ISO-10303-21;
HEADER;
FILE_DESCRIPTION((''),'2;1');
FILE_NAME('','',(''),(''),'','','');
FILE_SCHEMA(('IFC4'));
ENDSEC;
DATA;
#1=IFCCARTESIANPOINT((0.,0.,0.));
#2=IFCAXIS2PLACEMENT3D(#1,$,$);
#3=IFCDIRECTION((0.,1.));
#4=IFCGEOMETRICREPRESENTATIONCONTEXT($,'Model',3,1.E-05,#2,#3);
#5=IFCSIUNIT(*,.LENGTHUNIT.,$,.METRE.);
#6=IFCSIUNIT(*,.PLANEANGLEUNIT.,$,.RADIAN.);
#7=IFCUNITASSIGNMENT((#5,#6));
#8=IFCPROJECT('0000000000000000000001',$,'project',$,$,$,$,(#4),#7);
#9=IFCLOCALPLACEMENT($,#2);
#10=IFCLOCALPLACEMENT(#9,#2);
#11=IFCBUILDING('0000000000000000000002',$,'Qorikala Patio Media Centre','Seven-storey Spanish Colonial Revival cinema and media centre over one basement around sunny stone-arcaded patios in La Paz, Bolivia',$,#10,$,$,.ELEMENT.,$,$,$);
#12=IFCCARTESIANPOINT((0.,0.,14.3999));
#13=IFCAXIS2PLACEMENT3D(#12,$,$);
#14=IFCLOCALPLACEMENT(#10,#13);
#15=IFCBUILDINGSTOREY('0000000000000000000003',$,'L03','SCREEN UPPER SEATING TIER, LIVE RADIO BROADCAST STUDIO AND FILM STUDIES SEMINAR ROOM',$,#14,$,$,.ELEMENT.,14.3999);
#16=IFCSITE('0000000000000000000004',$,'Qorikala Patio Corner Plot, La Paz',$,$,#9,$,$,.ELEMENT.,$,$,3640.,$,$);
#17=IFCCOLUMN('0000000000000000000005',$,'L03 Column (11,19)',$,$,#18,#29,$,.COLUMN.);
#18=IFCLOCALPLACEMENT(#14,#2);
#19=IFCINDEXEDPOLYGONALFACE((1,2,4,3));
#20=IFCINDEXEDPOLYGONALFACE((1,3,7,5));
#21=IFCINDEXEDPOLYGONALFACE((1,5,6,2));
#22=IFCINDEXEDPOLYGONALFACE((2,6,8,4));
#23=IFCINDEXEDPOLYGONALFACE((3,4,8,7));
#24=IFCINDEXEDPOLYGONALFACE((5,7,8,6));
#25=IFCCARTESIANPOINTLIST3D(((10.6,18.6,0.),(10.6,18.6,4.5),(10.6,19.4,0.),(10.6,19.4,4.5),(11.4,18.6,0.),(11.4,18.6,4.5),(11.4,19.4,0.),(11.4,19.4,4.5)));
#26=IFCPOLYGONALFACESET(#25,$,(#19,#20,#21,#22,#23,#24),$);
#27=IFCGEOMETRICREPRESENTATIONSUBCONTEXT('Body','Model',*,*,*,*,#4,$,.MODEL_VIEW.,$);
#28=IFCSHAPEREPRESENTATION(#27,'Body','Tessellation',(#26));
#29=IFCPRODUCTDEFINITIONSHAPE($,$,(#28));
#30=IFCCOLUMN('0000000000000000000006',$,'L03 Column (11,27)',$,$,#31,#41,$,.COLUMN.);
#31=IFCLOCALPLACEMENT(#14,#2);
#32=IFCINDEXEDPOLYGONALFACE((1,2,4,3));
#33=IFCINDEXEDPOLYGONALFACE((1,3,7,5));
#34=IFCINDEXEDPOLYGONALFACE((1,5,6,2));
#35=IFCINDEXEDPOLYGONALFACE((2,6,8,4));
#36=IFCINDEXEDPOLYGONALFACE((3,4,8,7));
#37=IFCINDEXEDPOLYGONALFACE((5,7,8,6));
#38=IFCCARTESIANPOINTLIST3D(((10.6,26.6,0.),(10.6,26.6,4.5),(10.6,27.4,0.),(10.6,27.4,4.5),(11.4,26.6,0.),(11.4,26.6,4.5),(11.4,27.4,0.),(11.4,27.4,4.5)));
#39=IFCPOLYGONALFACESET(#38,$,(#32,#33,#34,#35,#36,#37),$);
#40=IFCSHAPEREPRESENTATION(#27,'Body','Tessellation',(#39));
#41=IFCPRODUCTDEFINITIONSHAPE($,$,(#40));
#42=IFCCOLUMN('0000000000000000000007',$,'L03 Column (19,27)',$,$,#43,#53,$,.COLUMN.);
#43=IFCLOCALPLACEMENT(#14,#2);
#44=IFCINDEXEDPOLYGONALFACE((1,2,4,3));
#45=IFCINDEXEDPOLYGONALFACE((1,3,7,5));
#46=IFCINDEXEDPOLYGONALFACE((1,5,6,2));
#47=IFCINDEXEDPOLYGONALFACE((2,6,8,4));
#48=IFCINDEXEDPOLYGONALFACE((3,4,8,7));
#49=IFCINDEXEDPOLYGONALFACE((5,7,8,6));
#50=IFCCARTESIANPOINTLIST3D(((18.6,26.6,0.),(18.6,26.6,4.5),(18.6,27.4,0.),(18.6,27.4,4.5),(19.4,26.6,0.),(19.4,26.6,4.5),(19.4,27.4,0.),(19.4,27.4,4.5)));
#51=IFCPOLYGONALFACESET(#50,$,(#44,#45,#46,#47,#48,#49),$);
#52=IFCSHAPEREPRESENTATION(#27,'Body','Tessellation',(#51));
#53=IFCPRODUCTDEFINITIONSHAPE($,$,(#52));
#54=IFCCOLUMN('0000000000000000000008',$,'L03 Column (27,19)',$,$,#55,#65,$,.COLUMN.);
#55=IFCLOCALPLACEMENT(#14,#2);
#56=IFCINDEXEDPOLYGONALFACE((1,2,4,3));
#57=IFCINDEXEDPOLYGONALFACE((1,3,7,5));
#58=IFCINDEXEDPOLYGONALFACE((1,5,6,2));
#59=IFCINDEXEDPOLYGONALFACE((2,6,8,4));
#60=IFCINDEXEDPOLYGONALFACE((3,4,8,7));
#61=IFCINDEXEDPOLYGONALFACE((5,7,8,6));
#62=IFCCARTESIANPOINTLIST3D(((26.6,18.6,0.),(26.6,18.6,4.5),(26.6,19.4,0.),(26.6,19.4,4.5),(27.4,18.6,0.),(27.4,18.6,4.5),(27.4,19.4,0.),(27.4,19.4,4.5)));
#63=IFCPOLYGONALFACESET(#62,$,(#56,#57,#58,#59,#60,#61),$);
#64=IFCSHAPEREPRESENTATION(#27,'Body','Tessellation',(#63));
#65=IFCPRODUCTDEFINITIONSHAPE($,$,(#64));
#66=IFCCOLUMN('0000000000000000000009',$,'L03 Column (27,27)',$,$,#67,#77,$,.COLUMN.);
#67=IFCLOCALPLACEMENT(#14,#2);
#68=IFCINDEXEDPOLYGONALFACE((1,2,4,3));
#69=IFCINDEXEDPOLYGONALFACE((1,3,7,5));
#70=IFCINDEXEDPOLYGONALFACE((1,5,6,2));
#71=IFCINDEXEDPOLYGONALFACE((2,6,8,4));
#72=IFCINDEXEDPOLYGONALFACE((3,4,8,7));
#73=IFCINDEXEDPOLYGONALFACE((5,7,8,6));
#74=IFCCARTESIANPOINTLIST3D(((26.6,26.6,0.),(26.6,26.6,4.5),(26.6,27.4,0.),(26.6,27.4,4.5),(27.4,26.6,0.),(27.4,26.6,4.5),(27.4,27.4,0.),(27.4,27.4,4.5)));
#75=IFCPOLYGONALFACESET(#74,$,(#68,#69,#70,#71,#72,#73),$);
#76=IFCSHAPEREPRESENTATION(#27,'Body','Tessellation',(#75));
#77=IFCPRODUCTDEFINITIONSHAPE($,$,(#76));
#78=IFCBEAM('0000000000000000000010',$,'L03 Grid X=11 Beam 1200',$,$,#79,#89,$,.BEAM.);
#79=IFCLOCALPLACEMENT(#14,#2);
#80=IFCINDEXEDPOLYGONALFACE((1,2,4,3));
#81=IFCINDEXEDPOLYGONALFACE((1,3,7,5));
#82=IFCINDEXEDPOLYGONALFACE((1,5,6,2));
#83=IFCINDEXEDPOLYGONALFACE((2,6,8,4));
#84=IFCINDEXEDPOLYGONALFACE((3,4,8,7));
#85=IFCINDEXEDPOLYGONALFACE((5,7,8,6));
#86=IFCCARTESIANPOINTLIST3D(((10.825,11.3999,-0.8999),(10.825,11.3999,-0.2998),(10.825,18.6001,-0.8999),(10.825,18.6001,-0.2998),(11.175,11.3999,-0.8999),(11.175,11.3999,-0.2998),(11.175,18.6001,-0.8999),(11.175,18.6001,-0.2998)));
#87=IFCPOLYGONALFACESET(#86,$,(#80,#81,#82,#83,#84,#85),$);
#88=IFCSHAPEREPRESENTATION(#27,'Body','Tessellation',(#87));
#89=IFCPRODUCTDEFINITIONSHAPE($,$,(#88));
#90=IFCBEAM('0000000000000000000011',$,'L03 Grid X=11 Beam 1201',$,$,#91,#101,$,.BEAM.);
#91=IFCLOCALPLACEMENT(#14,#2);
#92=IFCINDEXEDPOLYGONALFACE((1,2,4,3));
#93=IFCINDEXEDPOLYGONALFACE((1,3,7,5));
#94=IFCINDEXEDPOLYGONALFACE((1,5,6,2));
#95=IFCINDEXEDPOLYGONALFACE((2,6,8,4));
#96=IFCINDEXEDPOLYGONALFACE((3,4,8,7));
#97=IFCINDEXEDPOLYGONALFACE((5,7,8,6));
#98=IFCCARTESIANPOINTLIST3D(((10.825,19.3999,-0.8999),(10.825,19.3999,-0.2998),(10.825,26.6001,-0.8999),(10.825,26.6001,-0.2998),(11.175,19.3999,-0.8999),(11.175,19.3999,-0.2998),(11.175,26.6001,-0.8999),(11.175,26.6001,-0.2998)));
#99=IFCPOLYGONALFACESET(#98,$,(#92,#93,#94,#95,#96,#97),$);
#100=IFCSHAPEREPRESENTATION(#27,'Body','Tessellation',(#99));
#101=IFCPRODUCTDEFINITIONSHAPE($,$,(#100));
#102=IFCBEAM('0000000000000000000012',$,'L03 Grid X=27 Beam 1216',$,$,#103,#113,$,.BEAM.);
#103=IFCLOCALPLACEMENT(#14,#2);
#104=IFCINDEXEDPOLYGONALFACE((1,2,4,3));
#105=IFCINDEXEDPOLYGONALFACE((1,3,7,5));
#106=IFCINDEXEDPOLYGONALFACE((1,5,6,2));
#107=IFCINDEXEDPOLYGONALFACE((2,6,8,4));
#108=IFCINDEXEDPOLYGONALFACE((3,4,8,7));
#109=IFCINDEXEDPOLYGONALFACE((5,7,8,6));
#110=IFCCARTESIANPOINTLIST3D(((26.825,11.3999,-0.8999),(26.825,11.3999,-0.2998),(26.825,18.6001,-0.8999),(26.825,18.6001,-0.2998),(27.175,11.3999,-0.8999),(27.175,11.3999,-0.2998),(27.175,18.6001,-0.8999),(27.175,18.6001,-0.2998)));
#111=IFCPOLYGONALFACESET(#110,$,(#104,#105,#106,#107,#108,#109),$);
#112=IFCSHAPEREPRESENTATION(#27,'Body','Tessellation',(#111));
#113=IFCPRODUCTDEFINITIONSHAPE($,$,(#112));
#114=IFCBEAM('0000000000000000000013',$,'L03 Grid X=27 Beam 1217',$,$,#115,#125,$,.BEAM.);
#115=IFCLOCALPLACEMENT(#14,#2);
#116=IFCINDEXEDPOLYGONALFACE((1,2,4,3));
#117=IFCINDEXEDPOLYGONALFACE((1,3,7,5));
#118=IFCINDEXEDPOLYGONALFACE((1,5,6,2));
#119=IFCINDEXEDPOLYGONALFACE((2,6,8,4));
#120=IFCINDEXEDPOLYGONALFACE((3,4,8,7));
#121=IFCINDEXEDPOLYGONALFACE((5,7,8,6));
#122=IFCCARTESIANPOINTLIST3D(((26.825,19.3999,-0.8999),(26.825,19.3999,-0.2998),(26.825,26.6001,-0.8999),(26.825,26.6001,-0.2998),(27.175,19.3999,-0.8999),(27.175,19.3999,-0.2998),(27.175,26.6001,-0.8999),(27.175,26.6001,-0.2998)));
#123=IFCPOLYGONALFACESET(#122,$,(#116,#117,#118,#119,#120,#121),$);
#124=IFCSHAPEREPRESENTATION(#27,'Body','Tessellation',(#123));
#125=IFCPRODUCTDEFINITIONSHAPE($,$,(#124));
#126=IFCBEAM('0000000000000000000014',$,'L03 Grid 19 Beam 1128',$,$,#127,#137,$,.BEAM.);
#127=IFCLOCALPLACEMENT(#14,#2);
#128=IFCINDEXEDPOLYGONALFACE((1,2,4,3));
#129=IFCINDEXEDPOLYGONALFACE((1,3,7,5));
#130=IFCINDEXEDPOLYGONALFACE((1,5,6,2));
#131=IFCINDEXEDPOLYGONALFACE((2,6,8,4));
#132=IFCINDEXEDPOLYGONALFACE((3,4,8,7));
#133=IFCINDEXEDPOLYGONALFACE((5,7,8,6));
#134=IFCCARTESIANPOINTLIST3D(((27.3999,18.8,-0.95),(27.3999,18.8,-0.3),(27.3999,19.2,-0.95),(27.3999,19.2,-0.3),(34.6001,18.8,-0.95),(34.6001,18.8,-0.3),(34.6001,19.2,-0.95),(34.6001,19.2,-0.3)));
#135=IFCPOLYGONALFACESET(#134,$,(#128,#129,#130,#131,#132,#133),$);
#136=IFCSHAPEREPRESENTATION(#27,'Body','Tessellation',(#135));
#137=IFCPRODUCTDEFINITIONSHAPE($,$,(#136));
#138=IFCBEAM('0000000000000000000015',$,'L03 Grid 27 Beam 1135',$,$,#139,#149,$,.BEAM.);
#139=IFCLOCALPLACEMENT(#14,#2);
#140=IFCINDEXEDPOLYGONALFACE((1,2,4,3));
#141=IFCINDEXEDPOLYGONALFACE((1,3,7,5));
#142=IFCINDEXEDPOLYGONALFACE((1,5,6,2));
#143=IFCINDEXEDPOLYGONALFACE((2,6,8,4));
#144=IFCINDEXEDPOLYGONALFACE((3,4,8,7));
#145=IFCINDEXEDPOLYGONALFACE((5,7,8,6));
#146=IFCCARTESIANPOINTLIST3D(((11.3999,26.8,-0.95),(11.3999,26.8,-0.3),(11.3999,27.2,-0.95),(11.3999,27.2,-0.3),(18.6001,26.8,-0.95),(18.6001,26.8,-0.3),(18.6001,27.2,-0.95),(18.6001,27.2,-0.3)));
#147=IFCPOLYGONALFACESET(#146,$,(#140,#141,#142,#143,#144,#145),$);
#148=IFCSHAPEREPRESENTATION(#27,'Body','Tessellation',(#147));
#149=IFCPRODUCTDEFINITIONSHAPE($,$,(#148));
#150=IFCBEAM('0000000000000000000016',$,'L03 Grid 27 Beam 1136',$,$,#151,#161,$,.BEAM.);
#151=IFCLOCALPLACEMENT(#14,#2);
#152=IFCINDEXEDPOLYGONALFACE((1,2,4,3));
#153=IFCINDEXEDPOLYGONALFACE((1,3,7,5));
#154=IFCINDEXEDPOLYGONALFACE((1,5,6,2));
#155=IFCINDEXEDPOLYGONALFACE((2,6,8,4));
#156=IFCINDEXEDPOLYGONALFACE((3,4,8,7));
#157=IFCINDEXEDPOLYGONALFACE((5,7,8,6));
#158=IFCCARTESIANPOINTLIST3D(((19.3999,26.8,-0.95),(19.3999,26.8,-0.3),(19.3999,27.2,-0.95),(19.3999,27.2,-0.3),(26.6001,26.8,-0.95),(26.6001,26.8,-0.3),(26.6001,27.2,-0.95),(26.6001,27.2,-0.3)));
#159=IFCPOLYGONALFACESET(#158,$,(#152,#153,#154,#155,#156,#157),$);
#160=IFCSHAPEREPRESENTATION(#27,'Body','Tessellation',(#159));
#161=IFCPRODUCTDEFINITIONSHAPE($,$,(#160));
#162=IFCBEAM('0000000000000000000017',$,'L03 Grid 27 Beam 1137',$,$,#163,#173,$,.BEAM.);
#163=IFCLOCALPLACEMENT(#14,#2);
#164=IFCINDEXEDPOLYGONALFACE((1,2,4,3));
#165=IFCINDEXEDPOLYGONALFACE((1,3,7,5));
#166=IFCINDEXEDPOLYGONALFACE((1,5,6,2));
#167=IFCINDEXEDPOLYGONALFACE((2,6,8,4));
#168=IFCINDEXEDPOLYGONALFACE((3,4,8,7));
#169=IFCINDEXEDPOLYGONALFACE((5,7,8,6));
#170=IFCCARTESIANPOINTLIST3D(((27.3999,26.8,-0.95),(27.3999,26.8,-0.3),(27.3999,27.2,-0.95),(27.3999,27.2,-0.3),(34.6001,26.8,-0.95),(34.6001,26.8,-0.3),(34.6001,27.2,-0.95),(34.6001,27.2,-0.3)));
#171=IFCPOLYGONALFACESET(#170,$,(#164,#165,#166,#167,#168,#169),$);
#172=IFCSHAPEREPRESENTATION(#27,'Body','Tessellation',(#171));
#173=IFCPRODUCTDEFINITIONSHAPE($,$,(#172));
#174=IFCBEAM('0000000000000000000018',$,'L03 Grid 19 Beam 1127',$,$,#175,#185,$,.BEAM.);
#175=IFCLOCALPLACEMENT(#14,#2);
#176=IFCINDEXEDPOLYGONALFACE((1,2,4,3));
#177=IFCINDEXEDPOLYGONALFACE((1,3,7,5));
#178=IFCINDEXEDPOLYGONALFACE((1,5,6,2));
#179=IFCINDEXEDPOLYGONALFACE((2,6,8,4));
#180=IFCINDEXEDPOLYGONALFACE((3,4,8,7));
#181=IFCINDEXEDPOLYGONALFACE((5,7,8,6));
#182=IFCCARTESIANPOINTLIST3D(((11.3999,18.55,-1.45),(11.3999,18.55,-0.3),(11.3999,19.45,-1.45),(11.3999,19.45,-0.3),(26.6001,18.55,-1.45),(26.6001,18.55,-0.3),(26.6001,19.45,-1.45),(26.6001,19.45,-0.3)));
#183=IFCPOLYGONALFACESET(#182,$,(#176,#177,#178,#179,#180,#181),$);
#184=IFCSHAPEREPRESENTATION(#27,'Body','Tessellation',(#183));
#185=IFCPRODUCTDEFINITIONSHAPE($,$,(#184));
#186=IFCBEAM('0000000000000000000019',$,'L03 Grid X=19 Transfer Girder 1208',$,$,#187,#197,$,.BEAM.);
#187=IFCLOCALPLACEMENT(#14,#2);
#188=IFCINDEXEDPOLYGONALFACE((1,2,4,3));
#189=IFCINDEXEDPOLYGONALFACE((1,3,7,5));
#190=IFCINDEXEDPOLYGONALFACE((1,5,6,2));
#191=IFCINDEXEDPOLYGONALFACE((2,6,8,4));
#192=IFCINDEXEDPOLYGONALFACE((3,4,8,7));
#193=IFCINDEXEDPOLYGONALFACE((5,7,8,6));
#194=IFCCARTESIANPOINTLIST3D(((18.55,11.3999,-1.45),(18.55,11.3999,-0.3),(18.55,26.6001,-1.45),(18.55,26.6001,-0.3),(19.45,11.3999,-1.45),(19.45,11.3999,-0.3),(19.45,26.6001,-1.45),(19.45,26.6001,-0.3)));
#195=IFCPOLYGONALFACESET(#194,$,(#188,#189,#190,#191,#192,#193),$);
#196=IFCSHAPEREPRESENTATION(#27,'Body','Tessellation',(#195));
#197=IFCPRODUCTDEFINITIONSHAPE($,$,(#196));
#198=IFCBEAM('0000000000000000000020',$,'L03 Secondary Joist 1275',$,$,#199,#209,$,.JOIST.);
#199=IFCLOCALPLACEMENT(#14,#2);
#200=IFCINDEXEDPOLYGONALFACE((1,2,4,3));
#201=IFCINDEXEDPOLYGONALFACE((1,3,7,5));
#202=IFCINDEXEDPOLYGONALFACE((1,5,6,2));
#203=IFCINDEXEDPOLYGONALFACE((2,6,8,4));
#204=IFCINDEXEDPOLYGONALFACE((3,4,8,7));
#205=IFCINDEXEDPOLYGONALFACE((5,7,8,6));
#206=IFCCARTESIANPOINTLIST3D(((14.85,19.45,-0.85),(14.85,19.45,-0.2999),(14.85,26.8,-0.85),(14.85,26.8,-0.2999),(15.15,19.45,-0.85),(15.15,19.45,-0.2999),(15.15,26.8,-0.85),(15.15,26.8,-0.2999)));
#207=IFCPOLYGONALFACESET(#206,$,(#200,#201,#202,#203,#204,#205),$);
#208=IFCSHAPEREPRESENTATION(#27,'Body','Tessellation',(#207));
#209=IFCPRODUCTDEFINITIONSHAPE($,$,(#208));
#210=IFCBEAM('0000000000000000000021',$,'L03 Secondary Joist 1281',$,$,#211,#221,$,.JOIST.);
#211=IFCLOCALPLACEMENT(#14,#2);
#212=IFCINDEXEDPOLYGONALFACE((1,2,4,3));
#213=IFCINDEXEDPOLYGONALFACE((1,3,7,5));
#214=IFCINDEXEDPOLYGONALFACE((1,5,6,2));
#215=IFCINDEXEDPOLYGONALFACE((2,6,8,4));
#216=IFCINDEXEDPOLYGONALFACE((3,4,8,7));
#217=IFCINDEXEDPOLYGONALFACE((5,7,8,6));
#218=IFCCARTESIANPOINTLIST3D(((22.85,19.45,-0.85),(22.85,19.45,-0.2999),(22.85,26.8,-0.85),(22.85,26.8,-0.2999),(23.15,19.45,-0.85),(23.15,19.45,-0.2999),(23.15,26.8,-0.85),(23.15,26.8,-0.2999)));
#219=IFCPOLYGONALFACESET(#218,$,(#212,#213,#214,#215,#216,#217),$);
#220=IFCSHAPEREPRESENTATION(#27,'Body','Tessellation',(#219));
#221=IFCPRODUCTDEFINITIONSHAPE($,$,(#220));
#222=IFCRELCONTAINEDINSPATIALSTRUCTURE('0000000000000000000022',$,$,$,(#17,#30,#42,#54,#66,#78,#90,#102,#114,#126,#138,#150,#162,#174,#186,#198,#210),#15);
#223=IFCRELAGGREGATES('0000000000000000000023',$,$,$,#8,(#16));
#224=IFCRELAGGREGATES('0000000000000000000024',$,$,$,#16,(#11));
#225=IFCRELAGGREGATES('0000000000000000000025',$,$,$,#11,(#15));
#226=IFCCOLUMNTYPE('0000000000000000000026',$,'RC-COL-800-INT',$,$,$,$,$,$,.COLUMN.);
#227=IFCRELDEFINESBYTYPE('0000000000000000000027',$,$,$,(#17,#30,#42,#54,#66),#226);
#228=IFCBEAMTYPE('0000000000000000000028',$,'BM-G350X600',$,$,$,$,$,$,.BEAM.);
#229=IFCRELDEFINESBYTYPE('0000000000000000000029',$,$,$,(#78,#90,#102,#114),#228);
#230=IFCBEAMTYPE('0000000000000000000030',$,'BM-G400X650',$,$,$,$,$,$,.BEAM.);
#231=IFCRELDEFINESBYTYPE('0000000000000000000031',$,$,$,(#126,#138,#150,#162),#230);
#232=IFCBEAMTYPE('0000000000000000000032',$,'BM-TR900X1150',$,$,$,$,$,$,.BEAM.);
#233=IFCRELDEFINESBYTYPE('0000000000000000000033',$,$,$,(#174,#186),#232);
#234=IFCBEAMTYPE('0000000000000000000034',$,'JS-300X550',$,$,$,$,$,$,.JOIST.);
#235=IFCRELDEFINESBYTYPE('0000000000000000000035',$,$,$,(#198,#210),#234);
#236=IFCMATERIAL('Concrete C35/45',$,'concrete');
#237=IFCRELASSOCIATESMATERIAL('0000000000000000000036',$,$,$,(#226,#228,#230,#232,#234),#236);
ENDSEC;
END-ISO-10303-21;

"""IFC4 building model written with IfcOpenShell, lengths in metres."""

from ifc_helpers import new_model, si_unit, direction, frame, origin, origin_2d, place, context, subcontext, project, spatial, rectangle, extrude, material, material_profile, profile_set, type_object, element, save


model = new_model("IFC4")

# Units and contexts
model_context = context("Model", 3, precision=1e-05, world=origin(), true_north=direction((0.0, 1.0)))
body_context = subcontext(model_context, "Body", "Model", "MODEL_VIEW")
ifc_project = project(units=[si_unit("LENGTHUNIT", "METRE"), si_unit("PLANEANGLEUNIT", "RADIAN")], contexts=[model_context])

# Site, building, storey
site_placement = place(None, origin())
site = spatial("IfcSite", under=ifc_project, at=site_placement, Name="Qorikala Patio Corner Plot, La Paz", CompositionType="ELEMENT", RefElevation=3640.0)
building_placement = place(site_placement, origin())
building = spatial("IfcBuilding", under=site, at=building_placement, Name="Qorikala Patio Media Centre", Description="Seven-storey Spanish Colonial Revival cinema and media centre over one basement around sunny stone-arcaded patios in La Paz, Bolivia", CompositionType="ELEMENT")
storey_placement = place(building_placement, frame((0.0, 0.0, 14.3999)))
storey = spatial("IfcBuildingStorey", under=building, at=storey_placement, Name="L03", Description="SCREEN UPPER SEATING TIER, LIVE RADIO BROADCAST STUDIO AND FILM STUDIES SEMINAR ROOM", CompositionType="ELEMENT", Elevation=14.3999)

# Columns
ifc_material_1 = material(Name="Concrete C35/45", Category="concrete")
ifc_material_profile_1 = material_profile(ifc_material_1, rectangle(XDim=0.8, YDim=0.8, at=origin_2d()), Name="RC 800x800")
ifc_profile_set_1 = profile_set([ifc_material_profile_1], Name="Concrete C35/45")
column_type = type_object("IfcColumnType", Name="RC-COL-800-INT", PredefinedType="COLUMN", material=ifc_profile_set_1)
for number, where, z_axis, x_axis, name in (
    (1, (11.0, 19.0, 0.0), (0.0, 0.0, 1.0), (1.0, 0.0, 0.0), "L03 Column (11,19)"),
    (2, (11.0, 27.0, 0.0), (0.0, 0.0, 1.0), (1.0, 0.0, 0.0), "L03 Column (11,27)"),
    (3, (19.0, 27.0, 0.0), (0.0, 0.0, 1.0), (1.0, 0.0, 0.0), "L03 Column (19,27)"),
    (4, (27.0, 19.0, 0.0), (0.0, 0.0, 1.0), (1.0, 0.0, 0.0), "L03 Column (27,19)"),
    (5, (27.0, 27.0, 0.0), (0.0, 0.0, 1.0), (1.0, 0.0, 0.0), "L03 Column (27,27)"),
):
    element("IfcColumn", number, at=place(storey_placement, frame(where, z_axis=z_axis, x_axis=x_axis)), inside=storey, type_object=column_type, Name=name, PredefinedType="COLUMN", context=body_context, shape_type="SweptSolid", body=[
        extrude(rectangle(XDim=0.8, YDim=0.8, at=origin_2d()), origin(), (0.0, 0.0, 1.0), 4.5),
    ])

# Beams
ifc_material_profile_2 = material_profile(ifc_material_1, rectangle(XDim=0.3501, YDim=0.6001, at=origin_2d()), Name="RC 350x600")
ifc_profile_set_2 = profile_set([ifc_material_profile_2], Name="Concrete C35/45")
beam_type_1 = type_object("IfcBeamType", Name="BM-G350X600", PredefinedType="BEAM", material=ifc_profile_set_2)
for number, where, z_axis, x_axis, name in (
    (6, (11.0, 11.3999, -0.5999), (0.0, 1.0, 0.0), (-1.0, 0.0, 0.0), "L03 Grid X=11 Beam 1200"),
    (7, (11.0, 19.3999, -0.5999), (0.0, 1.0, 0.0), (-1.0, 0.0, 0.0), "L03 Grid X=11 Beam 1201"),
    (8, (27.0, 11.3999, -0.5999), (0.0, 1.0, 0.0), (-1.0, 0.0, 0.0), "L03 Grid X=27 Beam 1216"),
    (9, (27.0, 19.3999, -0.5999), (0.0, 1.0, 0.0), (-1.0, 0.0, 0.0), "L03 Grid X=27 Beam 1217"),
):
    element("IfcBeam", number, at=place(storey_placement, frame(where, z_axis=z_axis, x_axis=x_axis)), inside=storey, type_object=beam_type_1, Name=name, PredefinedType="BEAM", context=body_context, shape_type="SweptSolid", body=[
        extrude(rectangle(XDim=0.3501, YDim=0.6001, at=origin_2d()), origin(), (0.0, 0.0, 1.0), 7.2002),
    ])
ifc_material_profile_3 = material_profile(ifc_material_1, rectangle(XDim=0.3999, YDim=0.6499, at=origin_2d()), Name="RC 400x650")
ifc_profile_set_3 = profile_set([ifc_material_profile_3], Name="Concrete C35/45")
beam_type_2 = type_object("IfcBeamType", Name="BM-G400X650", PredefinedType="BEAM", material=ifc_profile_set_3)
for number, where, z_axis, x_axis, name in (
    (10, (27.3999, 19.0, -0.625), (1.0, 0.0, 0.0), (0.0, 1.0, 0.0), "L03 Grid 19 Beam 1128"),
    (11, (11.3999, 27.0, -0.625), (1.0, 0.0, 0.0), (0.0, 1.0, 0.0), "L03 Grid 27 Beam 1135"),
    (12, (19.3999, 27.0, -0.625), (1.0, 0.0, 0.0), (0.0, 1.0, 0.0), "L03 Grid 27 Beam 1136"),
    (13, (27.3999, 27.0, -0.625), (1.0, 0.0, 0.0), (0.0, 1.0, 0.0), "L03 Grid 27 Beam 1137"),
):
    element("IfcBeam", number, at=place(storey_placement, frame(where, z_axis=z_axis, x_axis=x_axis)), inside=storey, type_object=beam_type_2, Name=name, PredefinedType="BEAM", context=body_context, shape_type="SweptSolid", body=[
        extrude(rectangle(XDim=0.3999, YDim=0.6499, at=origin_2d()), origin(), (0.0, 0.0, 1.0), 7.2002),
    ])
ifc_material_profile_4 = material_profile(ifc_material_1, rectangle(XDim=0.8999, YDim=1.1499, at=origin_2d()), Name="RC 900x1150")
ifc_profile_set_4 = profile_set([ifc_material_profile_4], Name="Concrete C35/45")
beam_type_3 = type_object("IfcBeamType", Name="BM-TR900X1150", PredefinedType="BEAM", material=ifc_profile_set_4)
for number, where, z_axis, x_axis, name in (
    (14, (11.3999, 19.0, -0.875), (1.0, 0.0, 0.0), (0.0, 1.0, 0.0), "L03 Grid 19 Beam 1127"),
    (15, (19.0, 11.3999, -0.875), (0.0, 1.0, 0.0), (-1.0, 0.0, 0.0), "L03 Grid X=19 Transfer Girder 1208"),
):
    element("IfcBeam", number, at=place(storey_placement, frame(where, z_axis=z_axis, x_axis=x_axis)), inside=storey, type_object=beam_type_3, Name=name, PredefinedType="BEAM", context=body_context, shape_type="SweptSolid", body=[
        extrude(rectangle(XDim=0.8999, YDim=1.1499, at=origin_2d()), origin(), (0.0, 0.0, 1.0), 15.2002),
    ])
ifc_material_profile_5 = material_profile(ifc_material_1, rectangle(XDim=0.3, YDim=0.55, at=origin_2d()), Name="RC 300x550")
ifc_profile_set_5 = profile_set([ifc_material_profile_5], Name="Concrete C35/45")
beam_type_4 = type_object("IfcBeamType", Name="JS-300X550", PredefinedType="JOIST", material=ifc_profile_set_5)
for number, where, z_axis, x_axis, name in (
    (16, (15.0, 19.45, -0.575), (0.0, 1.0, 0.0), (-1.0, 0.0, 0.0), "L03 Secondary Joist 1275"),
    (17, (23.0, 19.45, -0.575), (0.0, 1.0, 0.0), (-1.0, 0.0, 0.0), "L03 Secondary Joist 1281"),
):
    element("IfcBeam", number, at=place(storey_placement, frame(where, z_axis=z_axis, x_axis=x_axis)), inside=storey, type_object=beam_type_4, Name=name, PredefinedType="JOIST", context=body_context, shape_type="SweptSolid", body=[
        extrude(rectangle(XDim=0.3, YDim=0.55, at=origin_2d()), origin(), (0.0, 0.0, 1.0), 7.3501),
    ])

save(model, "model.ifc")
